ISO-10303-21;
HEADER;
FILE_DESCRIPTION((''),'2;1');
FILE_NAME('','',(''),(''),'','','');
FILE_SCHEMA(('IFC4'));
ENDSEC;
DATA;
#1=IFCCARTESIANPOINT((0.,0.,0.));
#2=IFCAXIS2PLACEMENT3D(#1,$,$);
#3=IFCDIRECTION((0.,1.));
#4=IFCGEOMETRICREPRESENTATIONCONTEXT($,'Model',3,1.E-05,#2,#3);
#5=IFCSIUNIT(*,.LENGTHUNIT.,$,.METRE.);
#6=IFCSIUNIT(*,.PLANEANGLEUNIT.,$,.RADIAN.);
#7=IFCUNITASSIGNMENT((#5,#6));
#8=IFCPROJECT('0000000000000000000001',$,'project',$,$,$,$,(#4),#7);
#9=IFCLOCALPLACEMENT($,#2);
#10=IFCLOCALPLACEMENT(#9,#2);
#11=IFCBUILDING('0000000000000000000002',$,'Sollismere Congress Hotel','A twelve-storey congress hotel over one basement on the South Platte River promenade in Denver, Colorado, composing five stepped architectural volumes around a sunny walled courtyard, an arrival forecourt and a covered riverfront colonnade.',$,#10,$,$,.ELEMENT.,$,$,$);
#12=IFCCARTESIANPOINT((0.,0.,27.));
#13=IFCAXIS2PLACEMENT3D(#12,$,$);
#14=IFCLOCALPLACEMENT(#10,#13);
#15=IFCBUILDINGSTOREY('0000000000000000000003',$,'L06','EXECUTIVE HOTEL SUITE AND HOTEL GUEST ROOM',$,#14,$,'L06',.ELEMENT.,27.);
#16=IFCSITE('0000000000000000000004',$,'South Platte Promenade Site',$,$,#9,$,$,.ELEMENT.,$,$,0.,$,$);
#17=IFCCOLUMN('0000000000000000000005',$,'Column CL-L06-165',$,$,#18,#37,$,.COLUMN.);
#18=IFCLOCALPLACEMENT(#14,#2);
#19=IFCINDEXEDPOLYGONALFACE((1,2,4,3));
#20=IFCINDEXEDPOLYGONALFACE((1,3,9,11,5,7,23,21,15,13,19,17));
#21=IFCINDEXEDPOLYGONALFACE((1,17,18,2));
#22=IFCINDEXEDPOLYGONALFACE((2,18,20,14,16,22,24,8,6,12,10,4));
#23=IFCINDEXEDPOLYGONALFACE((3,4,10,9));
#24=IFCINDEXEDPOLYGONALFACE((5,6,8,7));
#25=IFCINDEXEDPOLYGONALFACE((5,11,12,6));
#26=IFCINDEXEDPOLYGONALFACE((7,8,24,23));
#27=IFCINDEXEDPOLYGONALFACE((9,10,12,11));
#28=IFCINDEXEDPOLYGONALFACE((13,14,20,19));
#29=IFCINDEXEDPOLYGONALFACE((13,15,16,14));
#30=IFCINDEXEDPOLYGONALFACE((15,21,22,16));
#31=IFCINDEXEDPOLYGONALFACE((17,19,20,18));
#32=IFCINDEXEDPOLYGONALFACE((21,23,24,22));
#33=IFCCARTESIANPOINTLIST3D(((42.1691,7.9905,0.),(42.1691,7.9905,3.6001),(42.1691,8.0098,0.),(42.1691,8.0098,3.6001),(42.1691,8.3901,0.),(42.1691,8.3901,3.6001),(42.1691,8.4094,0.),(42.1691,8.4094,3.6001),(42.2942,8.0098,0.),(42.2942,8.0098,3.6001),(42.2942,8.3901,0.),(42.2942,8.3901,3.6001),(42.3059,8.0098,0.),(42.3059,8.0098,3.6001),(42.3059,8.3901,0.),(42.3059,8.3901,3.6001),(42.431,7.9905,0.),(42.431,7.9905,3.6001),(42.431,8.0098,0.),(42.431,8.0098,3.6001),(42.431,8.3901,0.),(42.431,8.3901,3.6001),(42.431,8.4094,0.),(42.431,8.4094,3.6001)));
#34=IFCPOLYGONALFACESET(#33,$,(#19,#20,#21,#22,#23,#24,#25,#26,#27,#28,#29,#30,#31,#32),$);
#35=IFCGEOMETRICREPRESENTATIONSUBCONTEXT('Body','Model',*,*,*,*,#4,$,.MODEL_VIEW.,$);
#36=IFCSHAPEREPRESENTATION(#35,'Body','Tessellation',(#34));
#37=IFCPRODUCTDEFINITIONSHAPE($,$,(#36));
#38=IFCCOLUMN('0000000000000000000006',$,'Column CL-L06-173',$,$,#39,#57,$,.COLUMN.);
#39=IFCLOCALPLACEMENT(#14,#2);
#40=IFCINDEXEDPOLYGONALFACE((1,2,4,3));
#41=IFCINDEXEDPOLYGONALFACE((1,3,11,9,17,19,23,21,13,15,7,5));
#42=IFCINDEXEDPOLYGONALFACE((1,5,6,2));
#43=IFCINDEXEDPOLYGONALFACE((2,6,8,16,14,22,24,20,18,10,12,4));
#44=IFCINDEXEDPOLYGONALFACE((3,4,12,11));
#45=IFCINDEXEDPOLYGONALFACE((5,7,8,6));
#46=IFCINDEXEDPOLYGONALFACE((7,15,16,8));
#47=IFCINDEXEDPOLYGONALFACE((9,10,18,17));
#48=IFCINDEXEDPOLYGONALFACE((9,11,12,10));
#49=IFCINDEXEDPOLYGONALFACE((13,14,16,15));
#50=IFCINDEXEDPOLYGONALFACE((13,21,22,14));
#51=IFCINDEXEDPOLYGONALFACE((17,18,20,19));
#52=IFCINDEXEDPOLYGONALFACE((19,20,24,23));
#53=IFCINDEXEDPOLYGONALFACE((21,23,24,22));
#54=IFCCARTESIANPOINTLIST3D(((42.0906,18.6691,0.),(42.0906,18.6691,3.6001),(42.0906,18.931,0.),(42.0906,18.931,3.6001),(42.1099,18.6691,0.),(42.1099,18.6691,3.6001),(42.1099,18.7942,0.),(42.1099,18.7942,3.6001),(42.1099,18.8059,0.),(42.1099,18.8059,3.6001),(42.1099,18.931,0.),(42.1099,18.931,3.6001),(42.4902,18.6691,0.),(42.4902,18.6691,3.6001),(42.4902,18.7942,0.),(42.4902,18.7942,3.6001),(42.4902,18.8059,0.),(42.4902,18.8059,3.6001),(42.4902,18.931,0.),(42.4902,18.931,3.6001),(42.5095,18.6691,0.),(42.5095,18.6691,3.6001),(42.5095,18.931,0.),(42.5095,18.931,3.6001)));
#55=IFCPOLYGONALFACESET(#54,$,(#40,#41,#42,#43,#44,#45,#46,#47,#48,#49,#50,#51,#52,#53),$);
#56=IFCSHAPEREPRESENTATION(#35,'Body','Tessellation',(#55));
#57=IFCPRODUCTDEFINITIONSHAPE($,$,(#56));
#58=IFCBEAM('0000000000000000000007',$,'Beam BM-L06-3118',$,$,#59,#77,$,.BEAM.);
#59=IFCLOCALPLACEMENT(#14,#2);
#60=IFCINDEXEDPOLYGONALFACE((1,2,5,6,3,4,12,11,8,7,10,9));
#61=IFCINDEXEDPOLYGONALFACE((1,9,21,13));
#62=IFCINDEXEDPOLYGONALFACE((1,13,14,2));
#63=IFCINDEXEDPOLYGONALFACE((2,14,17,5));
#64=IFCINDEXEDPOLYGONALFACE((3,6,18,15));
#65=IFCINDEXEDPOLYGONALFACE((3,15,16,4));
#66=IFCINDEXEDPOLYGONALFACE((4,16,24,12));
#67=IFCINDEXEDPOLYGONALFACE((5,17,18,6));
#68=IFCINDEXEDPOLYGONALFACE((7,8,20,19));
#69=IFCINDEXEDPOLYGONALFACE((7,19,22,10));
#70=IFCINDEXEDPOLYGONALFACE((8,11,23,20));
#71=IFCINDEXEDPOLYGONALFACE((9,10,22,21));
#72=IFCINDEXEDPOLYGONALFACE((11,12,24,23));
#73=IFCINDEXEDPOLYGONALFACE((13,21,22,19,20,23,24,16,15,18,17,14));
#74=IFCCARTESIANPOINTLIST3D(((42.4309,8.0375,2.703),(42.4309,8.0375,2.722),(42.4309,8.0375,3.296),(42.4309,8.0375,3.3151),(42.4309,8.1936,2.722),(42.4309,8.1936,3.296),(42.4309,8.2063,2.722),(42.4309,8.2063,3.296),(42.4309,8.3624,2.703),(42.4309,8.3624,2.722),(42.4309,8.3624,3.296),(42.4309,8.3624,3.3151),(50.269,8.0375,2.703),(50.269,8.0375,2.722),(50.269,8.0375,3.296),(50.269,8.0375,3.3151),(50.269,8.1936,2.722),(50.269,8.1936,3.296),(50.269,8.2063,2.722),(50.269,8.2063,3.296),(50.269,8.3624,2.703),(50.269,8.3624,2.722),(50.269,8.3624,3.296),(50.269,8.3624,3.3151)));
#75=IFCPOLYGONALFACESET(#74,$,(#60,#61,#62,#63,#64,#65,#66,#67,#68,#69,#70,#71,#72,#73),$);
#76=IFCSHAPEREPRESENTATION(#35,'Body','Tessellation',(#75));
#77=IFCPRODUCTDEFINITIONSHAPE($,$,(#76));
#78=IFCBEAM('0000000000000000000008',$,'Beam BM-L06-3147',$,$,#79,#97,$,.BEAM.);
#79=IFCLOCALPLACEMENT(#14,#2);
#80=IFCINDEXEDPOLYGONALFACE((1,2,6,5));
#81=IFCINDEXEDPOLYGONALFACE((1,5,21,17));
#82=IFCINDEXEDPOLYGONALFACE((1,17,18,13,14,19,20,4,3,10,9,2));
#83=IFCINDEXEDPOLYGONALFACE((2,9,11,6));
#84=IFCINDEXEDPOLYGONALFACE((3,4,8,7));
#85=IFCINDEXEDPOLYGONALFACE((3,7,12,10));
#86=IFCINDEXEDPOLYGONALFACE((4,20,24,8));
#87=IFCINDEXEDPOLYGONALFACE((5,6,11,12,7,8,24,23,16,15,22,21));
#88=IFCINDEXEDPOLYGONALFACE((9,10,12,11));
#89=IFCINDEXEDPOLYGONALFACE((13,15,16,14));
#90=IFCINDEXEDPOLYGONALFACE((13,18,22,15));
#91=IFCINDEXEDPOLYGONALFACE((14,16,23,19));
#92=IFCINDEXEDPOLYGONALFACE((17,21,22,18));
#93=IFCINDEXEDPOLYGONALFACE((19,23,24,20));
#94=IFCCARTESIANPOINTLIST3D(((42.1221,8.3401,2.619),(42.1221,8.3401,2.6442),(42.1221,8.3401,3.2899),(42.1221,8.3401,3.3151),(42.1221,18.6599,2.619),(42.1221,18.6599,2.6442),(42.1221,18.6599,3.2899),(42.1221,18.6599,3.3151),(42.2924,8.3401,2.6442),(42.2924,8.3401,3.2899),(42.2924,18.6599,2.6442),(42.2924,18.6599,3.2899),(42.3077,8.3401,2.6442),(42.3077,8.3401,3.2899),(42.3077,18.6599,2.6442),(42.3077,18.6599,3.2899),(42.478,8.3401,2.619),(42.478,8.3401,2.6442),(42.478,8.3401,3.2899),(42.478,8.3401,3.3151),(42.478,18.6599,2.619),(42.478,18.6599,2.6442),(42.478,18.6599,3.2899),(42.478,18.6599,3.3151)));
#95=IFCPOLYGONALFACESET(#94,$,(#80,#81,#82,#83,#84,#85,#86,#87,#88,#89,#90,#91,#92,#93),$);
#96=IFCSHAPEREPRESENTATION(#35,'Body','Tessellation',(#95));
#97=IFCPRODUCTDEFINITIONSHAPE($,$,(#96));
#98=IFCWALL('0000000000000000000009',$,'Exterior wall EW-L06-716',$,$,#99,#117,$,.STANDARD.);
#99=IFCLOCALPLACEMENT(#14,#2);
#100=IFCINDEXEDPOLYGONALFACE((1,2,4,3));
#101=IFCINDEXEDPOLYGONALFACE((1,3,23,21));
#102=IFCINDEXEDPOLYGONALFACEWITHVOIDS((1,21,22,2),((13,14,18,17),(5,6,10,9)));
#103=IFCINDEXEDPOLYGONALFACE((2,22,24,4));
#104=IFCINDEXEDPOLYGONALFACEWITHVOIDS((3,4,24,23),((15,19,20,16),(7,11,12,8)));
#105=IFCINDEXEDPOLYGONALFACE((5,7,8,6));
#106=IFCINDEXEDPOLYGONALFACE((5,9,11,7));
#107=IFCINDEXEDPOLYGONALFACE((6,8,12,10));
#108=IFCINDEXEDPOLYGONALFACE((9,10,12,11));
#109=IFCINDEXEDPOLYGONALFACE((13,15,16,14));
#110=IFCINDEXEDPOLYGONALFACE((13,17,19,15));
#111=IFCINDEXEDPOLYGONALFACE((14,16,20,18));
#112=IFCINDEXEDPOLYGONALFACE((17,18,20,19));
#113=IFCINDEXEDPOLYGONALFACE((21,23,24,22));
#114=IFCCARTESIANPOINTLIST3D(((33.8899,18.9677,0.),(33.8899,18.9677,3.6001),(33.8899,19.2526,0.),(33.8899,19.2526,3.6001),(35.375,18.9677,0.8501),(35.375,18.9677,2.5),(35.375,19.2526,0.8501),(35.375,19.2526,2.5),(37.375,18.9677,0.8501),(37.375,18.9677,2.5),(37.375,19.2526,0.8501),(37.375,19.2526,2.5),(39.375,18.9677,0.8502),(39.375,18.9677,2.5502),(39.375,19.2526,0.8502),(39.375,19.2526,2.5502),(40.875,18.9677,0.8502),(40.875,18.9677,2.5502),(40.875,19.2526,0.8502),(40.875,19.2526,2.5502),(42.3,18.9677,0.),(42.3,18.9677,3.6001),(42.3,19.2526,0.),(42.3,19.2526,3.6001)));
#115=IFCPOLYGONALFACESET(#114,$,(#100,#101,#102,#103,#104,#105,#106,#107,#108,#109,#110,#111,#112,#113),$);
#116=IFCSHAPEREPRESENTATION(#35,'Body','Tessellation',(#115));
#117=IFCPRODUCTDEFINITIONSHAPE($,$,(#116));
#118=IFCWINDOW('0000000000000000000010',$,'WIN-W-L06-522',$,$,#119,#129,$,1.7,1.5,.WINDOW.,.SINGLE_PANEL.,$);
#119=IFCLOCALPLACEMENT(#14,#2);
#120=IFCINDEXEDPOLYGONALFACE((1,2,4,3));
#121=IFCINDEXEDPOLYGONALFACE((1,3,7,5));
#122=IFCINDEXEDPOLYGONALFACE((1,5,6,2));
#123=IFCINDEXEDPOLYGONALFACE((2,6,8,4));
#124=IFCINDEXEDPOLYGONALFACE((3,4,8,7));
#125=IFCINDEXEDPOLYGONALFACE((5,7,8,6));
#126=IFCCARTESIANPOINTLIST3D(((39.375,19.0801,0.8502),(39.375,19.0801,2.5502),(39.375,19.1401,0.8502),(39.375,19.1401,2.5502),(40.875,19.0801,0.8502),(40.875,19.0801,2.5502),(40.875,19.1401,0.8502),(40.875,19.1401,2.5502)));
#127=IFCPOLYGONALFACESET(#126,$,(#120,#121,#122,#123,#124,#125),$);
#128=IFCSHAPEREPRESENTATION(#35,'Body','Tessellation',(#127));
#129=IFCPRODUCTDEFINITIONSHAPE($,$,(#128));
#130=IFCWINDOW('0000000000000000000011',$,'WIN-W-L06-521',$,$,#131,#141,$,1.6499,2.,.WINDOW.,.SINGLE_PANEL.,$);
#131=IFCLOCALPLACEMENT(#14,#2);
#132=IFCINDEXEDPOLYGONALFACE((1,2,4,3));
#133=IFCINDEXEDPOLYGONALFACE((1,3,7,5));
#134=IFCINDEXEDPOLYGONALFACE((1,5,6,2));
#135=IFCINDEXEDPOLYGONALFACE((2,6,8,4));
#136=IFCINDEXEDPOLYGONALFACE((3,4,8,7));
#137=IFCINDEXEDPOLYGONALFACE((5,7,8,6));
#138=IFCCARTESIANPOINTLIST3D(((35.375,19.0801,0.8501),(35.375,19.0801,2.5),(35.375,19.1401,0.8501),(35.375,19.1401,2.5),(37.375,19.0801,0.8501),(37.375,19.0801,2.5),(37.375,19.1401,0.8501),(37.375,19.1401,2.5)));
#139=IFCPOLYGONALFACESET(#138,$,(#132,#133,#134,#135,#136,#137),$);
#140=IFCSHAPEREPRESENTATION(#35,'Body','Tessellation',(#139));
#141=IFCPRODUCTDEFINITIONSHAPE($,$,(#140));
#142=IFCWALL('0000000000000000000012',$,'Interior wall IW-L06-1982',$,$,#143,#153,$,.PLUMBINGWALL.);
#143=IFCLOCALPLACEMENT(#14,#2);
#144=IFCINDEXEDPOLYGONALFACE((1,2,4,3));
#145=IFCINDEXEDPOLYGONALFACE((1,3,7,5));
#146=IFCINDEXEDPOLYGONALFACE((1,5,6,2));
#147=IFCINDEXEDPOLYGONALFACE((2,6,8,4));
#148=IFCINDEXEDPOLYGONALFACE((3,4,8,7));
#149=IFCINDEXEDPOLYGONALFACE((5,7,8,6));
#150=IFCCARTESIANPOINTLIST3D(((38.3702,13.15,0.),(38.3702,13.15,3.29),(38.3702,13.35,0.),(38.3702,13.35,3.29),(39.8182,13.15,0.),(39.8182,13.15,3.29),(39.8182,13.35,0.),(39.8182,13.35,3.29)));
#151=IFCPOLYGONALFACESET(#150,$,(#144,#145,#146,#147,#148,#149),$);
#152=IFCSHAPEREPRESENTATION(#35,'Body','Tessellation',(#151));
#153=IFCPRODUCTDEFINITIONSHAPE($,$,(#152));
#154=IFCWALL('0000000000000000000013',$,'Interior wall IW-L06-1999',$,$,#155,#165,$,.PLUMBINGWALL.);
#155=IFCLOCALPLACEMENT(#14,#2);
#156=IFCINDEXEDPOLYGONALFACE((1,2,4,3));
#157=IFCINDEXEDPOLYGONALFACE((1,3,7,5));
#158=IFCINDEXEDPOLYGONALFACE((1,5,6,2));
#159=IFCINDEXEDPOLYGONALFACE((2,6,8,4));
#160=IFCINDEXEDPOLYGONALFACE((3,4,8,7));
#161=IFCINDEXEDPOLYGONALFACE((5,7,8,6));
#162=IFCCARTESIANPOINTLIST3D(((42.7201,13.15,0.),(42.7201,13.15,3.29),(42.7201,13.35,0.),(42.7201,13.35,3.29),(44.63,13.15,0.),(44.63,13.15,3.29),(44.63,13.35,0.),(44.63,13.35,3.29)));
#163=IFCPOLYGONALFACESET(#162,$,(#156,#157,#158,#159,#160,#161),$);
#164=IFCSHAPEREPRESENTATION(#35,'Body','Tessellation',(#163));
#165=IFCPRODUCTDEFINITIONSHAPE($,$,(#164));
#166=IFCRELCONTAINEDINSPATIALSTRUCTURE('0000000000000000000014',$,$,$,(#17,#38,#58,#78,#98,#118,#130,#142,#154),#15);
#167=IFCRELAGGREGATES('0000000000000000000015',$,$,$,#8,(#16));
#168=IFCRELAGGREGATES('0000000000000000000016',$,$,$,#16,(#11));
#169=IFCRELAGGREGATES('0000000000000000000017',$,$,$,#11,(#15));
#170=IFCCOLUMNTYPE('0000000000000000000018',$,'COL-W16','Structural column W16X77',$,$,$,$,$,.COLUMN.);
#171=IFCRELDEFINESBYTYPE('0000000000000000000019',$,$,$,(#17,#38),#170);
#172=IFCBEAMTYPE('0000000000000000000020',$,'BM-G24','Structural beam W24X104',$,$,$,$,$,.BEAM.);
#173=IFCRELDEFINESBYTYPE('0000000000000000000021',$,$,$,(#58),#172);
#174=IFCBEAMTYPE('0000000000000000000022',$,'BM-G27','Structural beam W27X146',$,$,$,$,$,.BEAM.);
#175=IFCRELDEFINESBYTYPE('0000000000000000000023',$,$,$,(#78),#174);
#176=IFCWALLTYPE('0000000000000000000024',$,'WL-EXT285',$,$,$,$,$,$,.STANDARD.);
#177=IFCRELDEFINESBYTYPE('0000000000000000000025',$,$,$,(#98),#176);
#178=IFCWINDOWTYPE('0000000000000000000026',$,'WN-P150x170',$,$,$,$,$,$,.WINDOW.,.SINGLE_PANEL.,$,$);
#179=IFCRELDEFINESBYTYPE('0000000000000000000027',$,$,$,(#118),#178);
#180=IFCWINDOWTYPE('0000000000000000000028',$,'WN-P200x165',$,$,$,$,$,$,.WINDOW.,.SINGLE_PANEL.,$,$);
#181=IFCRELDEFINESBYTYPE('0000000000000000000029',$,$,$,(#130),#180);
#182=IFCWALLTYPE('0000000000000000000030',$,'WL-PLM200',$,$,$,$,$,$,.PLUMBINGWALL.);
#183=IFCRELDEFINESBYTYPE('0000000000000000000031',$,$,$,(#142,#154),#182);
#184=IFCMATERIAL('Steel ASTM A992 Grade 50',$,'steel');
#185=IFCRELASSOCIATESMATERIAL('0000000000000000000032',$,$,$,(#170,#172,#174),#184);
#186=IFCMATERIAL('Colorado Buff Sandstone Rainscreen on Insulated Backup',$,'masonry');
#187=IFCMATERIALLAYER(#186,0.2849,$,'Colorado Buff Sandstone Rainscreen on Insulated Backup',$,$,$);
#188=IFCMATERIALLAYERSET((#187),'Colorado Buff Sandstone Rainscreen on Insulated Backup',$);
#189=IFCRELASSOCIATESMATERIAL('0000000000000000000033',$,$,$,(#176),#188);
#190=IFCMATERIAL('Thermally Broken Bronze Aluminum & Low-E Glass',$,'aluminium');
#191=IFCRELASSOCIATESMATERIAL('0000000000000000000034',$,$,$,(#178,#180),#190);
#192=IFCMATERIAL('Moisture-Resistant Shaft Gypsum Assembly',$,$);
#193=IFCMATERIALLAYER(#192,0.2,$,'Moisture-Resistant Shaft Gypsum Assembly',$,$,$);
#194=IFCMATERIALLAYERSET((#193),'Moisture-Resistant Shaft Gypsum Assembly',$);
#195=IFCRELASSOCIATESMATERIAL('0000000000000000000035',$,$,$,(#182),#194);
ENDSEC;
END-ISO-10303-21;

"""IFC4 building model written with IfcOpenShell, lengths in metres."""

from ifc_helpers import new_model, si_unit, direction, frame, frame_2d, origin, origin_2d, place, context, subcontext, project, spatial, rectangle, i_section, extrude, material, layer, layer_set, material_profile, profile_set, type_object, element, fill, save


model = new_model("IFC4")

# Units and contexts
model_context = context("Model", 3, precision=1e-05, world=origin(), true_north=direction((0.0, 1.0)))
body_context = subcontext(model_context, "Body", "Model", "MODEL_VIEW")
ifc_project = project(units=[si_unit("LENGTHUNIT", "METRE"), si_unit("PLANEANGLEUNIT", "RADIAN")], contexts=[model_context])

# Site, building, storey
site_placement = place(None, origin())
site = spatial("IfcSite", under=ifc_project, at=site_placement, Name="South Platte Promenade Site", CompositionType="ELEMENT", RefElevation=0.0)
building_placement = place(site_placement, origin())
building = spatial("IfcBuilding", under=site, at=building_placement, Name="Sollismere Congress Hotel", Description="A twelve-storey congress hotel over one basement on the South Platte River promenade in Denver, Colorado, composing five stepped architectural volumes around a sunny walled courtyard, an arrival forecourt and a covered riverfront colonnade.", CompositionType="ELEMENT")
storey_placement = place(building_placement, frame((0.0, 0.0, 27.0)))
storey = spatial("IfcBuildingStorey", under=building, at=storey_placement, Name="L06", Description="EXECUTIVE HOTEL SUITE AND HOTEL GUEST ROOM", LongName="L06", CompositionType="ELEMENT", Elevation=27.0)

# Columns
ifc_material_1 = material(Name="Steel ASTM A992 Grade 50", Category="steel")
ifc_material_profile_1 = material_profile(ifc_material_1, i_section(OverallWidth=0.262, OverallDepth=0.4189, WebThickness=0.0117, FlangeThickness=0.0193, at=origin_2d()), Name="W16X77")
ifc_profile_set_1 = profile_set([ifc_material_profile_1], Name="Steel ASTM A992 Grade 50")
column_type = type_object("IfcColumnType", Name="COL-W16", Description="Structural column W16X77", PredefinedType="COLUMN", material=ifc_profile_set_1)
for number, where, z_axis, x_axis, name in (
    (1, (42.3, 8.2, 0.0), (0.0, 0.0, 1.0), (1.0, 0.0, 0.0), "Column CL-L06-165"),
    (2, (42.3, 18.8, 0.0), (0.0, 0.0, 1.0), (0.0, 1.0, 0.0), "Column CL-L06-173"),
):
    element("IfcColumn", number, at=place(storey_placement, frame(where, z_axis=z_axis, x_axis=x_axis)), inside=storey, type_object=column_type, Name=name, PredefinedType="COLUMN", context=body_context, shape_type="SweptSolid", body=[
        extrude(i_section(OverallWidth=0.262, OverallDepth=0.4189, WebThickness=0.0117, FlangeThickness=0.0193, at=origin_2d()), origin(), (0.0, 0.0, 1.0), 3.6001),
    ])

# Beams
ifc_material_profile_2 = material_profile(ifc_material_1, i_section(OverallWidth=0.325, OverallDepth=0.6121, WebThickness=0.0127, FlangeThickness=0.019, at=origin_2d()), Name="W24X104")
ifc_profile_set_2 = profile_set([ifc_material_profile_2], Name="Steel ASTM A992 Grade 50")
beam_type_1 = type_object("IfcBeamType", Name="BM-G24", Description="Structural beam W24X104", PredefinedType="BEAM", material=ifc_profile_set_2)
beam_1_placement = place(storey_placement, frame((42.4309, 8.2, 3.009), z_axis=(1.0, 0.0, 0.0), x_axis=(0.0, 1.0, 0.0)))
element("IfcBeam", 3, at=beam_1_placement, inside=storey, type_object=beam_type_1, Name="Beam BM-L06-3118", PredefinedType="BEAM", context=body_context, shape_type="SweptSolid", body=[
    extrude(i_section(OverallWidth=0.325, OverallDepth=0.6121, WebThickness=0.0127, FlangeThickness=0.019, at=origin_2d()), origin(), (0.0, 0.0, 1.0), 7.8381),
])
ifc_material_profile_3 = material_profile(ifc_material_1, i_section(OverallWidth=0.356, OverallDepth=0.696, WebThickness=0.0154, FlangeThickness=0.0251, at=origin_2d()), Name="W27X146")
ifc_profile_set_3 = profile_set([ifc_material_profile_3], Name="Steel ASTM A992 Grade 50")
beam_type_2 = type_object("IfcBeamType", Name="BM-G27", Description="Structural beam W27X146", PredefinedType="BEAM", material=ifc_profile_set_3)
beam_2_placement = place(storey_placement, frame((42.3, 8.3401, 2.967), z_axis=(0.0, 1.0, 0.0), x_axis=(-1.0, 0.0, 0.0)))
element("IfcBeam", 4, at=beam_2_placement, inside=storey, type_object=beam_type_2, Name="Beam BM-L06-3147", PredefinedType="BEAM", context=body_context, shape_type="SweptSolid", body=[
    extrude(i_section(OverallWidth=0.356, OverallDepth=0.696, WebThickness=0.0154, FlangeThickness=0.0251, at=origin_2d()), origin(), (0.0, 0.0, 1.0), 10.3198),
])

# Wall, openings, windows
ifc_material_2 = material(Name="Colorado Buff Sandstone Rainscreen on Insulated Backup", Category="masonry")
ifc_layer_1 = layer(ifc_material_2, 0.2849, Name="Colorado Buff Sandstone Rainscreen on Insulated Backup")
ifc_layer_set_1 = layer_set([ifc_layer_1], Name="Colorado Buff Sandstone Rainscreen on Insulated Backup")
wall_type_1 = type_object("IfcWallType", Name="WL-EXT285", PredefinedType="STANDARD", material=ifc_layer_set_1)
wall_1_placement = place(storey_placement, frame((42.3, 19.1101, 0.0), z_axis=(0.0, 0.0, 1.0), x_axis=(-1.0, 0.0, 0.0)))
wall_1 = element("IfcWall", 5, at=wall_1_placement, inside=storey, type_object=wall_type_1, Name="Exterior wall EW-L06-716", PredefinedType="STANDARD", context=body_context, shape_type="SweptSolid", body=[
    extrude(rectangle(XDim=8.4102, YDim=0.2849, at=frame_2d((4.2051, 0.0))), origin(), (0.0, 0.0, 1.0), 3.6001),
])
opening_1_placement = place(wall_1_placement, frame((4.925, 0.0, 0.8501)))
opening_1 = element("IfcOpeningElement", 6, at=opening_1_placement, cuts=wall_1, PredefinedType="OPENING", context=body_context, shape_type="SweptSolid", body=[
    extrude(rectangle(XDim=2.0, YDim=1.6499, at=frame_2d((1.0, 0.825))), frame((0.0, 0.1523, 0.0), z_axis=(0.0, -1.0, 0.0), x_axis=(1.0, 0.0, 0.0)), (0.0, 0.0, 1.0), 0.3049),
])
opening_2_placement = place(wall_1_placement, frame((1.425, 0.0, 0.8501)))
opening_2 = element("IfcOpeningElement", 7, at=opening_2_placement, cuts=wall_1, PredefinedType="OPENING", context=body_context, shape_type="SweptSolid", body=[
    extrude(rectangle(XDim=1.5, YDim=1.7, at=frame_2d((0.75, 0.8501))), frame((0.0, 0.1523, 0.0), z_axis=(0.0, -1.0, 0.0), x_axis=(1.0, 0.0, 0.0)), (0.0, 0.0, 1.0), 0.3049),
])
ifc_material_3 = material(Name="Thermally Broken Bronze Aluminum & Low-E Glass", Category="aluminium")
window_type_1 = type_object("IfcWindowType", Name="WN-P150x170", PartitioningType="SINGLE_PANEL", PredefinedType="WINDOW", material=ifc_material_3)
window_1_placement = place(opening_2_placement, origin())
window_1 = element("IfcWindow", 8, at=window_1_placement, inside=storey, type_object=window_type_1, Name="WIN-W-L06-522", OverallHeight=1.7, OverallWidth=1.5, PartitioningType="SINGLE_PANEL", PredefinedType="WINDOW", context=body_context, shape_type="SweptSolid", body=[
    extrude(rectangle(XDim=1.5, YDim=1.7, at=frame_2d((0.75, 0.8501))), frame((0.0, 0.03, 0.0), z_axis=(0.0, -1.0, 0.0), x_axis=(1.0, 0.0, 0.0)), (0.0, 0.0, 1.0), 0.0601),
])
fill(opening_2, window_1)
window_type_2 = type_object("IfcWindowType", Name="WN-P200x165", PartitioningType="SINGLE_PANEL", PredefinedType="WINDOW", material=ifc_material_3)
window_2_placement = place(opening_1_placement, origin())
window_2 = element("IfcWindow", 9, at=window_2_placement, inside=storey, type_object=window_type_2, Name="WIN-W-L06-521", OverallHeight=1.6499, OverallWidth=2.0, PartitioningType="SINGLE_PANEL", PredefinedType="WINDOW", context=body_context, shape_type="SweptSolid", body=[
    extrude(rectangle(XDim=2.0, YDim=1.6499, at=frame_2d((1.0, 0.825))), frame((0.0, 0.03, 0.0), z_axis=(0.0, -1.0, 0.0), x_axis=(1.0, 0.0, 0.0)), (0.0, 0.0, 1.0), 0.0601),
])
fill(opening_1, window_2)

# Walls
ifc_material_4 = material(Name="Moisture-Resistant Shaft Gypsum Assembly")
ifc_layer_2 = layer(ifc_material_4, 0.2, Name="Moisture-Resistant Shaft Gypsum Assembly")
ifc_layer_set_2 = layer_set([ifc_layer_2], Name="Moisture-Resistant Shaft Gypsum Assembly")
wall_type_2 = type_object("IfcWallType", Name="WL-PLM200", PredefinedType="PLUMBINGWALL", material=ifc_layer_set_2)
wall_2_placement = place(storey_placement, frame((38.3701, 13.25, 0.0), z_axis=(0.0, 0.0, 1.0), x_axis=(1.0, 0.0, 0.0)))
element("IfcWall", 10, at=wall_2_placement, inside=storey, type_object=wall_type_2, Name="Interior wall IW-L06-1982", PredefinedType="PLUMBINGWALL", context=body_context, shape_type="SweptSolid", body=[
    extrude(rectangle(XDim=1.448, YDim=0.2, at=frame_2d((0.7241, 0.0))), origin(), (0.0, 0.0, 1.0), 3.29),
])
wall_3_placement = place(storey_placement, frame((42.72, 13.25, 0.0), z_axis=(0.0, 0.0, 1.0), x_axis=(1.0, 0.0, 0.0)))
element("IfcWall", 11, at=wall_3_placement, inside=storey, type_object=wall_type_2, Name="Interior wall IW-L06-1999", PredefinedType="PLUMBINGWALL", context=body_context, shape_type="SweptSolid", body=[
    extrude(rectangle(XDim=1.9099, YDim=0.2, at=frame_2d((0.9551, 0.0))), origin(), (0.0, 0.0, 1.0), 3.29),
])

save(model, "model.ifc")
